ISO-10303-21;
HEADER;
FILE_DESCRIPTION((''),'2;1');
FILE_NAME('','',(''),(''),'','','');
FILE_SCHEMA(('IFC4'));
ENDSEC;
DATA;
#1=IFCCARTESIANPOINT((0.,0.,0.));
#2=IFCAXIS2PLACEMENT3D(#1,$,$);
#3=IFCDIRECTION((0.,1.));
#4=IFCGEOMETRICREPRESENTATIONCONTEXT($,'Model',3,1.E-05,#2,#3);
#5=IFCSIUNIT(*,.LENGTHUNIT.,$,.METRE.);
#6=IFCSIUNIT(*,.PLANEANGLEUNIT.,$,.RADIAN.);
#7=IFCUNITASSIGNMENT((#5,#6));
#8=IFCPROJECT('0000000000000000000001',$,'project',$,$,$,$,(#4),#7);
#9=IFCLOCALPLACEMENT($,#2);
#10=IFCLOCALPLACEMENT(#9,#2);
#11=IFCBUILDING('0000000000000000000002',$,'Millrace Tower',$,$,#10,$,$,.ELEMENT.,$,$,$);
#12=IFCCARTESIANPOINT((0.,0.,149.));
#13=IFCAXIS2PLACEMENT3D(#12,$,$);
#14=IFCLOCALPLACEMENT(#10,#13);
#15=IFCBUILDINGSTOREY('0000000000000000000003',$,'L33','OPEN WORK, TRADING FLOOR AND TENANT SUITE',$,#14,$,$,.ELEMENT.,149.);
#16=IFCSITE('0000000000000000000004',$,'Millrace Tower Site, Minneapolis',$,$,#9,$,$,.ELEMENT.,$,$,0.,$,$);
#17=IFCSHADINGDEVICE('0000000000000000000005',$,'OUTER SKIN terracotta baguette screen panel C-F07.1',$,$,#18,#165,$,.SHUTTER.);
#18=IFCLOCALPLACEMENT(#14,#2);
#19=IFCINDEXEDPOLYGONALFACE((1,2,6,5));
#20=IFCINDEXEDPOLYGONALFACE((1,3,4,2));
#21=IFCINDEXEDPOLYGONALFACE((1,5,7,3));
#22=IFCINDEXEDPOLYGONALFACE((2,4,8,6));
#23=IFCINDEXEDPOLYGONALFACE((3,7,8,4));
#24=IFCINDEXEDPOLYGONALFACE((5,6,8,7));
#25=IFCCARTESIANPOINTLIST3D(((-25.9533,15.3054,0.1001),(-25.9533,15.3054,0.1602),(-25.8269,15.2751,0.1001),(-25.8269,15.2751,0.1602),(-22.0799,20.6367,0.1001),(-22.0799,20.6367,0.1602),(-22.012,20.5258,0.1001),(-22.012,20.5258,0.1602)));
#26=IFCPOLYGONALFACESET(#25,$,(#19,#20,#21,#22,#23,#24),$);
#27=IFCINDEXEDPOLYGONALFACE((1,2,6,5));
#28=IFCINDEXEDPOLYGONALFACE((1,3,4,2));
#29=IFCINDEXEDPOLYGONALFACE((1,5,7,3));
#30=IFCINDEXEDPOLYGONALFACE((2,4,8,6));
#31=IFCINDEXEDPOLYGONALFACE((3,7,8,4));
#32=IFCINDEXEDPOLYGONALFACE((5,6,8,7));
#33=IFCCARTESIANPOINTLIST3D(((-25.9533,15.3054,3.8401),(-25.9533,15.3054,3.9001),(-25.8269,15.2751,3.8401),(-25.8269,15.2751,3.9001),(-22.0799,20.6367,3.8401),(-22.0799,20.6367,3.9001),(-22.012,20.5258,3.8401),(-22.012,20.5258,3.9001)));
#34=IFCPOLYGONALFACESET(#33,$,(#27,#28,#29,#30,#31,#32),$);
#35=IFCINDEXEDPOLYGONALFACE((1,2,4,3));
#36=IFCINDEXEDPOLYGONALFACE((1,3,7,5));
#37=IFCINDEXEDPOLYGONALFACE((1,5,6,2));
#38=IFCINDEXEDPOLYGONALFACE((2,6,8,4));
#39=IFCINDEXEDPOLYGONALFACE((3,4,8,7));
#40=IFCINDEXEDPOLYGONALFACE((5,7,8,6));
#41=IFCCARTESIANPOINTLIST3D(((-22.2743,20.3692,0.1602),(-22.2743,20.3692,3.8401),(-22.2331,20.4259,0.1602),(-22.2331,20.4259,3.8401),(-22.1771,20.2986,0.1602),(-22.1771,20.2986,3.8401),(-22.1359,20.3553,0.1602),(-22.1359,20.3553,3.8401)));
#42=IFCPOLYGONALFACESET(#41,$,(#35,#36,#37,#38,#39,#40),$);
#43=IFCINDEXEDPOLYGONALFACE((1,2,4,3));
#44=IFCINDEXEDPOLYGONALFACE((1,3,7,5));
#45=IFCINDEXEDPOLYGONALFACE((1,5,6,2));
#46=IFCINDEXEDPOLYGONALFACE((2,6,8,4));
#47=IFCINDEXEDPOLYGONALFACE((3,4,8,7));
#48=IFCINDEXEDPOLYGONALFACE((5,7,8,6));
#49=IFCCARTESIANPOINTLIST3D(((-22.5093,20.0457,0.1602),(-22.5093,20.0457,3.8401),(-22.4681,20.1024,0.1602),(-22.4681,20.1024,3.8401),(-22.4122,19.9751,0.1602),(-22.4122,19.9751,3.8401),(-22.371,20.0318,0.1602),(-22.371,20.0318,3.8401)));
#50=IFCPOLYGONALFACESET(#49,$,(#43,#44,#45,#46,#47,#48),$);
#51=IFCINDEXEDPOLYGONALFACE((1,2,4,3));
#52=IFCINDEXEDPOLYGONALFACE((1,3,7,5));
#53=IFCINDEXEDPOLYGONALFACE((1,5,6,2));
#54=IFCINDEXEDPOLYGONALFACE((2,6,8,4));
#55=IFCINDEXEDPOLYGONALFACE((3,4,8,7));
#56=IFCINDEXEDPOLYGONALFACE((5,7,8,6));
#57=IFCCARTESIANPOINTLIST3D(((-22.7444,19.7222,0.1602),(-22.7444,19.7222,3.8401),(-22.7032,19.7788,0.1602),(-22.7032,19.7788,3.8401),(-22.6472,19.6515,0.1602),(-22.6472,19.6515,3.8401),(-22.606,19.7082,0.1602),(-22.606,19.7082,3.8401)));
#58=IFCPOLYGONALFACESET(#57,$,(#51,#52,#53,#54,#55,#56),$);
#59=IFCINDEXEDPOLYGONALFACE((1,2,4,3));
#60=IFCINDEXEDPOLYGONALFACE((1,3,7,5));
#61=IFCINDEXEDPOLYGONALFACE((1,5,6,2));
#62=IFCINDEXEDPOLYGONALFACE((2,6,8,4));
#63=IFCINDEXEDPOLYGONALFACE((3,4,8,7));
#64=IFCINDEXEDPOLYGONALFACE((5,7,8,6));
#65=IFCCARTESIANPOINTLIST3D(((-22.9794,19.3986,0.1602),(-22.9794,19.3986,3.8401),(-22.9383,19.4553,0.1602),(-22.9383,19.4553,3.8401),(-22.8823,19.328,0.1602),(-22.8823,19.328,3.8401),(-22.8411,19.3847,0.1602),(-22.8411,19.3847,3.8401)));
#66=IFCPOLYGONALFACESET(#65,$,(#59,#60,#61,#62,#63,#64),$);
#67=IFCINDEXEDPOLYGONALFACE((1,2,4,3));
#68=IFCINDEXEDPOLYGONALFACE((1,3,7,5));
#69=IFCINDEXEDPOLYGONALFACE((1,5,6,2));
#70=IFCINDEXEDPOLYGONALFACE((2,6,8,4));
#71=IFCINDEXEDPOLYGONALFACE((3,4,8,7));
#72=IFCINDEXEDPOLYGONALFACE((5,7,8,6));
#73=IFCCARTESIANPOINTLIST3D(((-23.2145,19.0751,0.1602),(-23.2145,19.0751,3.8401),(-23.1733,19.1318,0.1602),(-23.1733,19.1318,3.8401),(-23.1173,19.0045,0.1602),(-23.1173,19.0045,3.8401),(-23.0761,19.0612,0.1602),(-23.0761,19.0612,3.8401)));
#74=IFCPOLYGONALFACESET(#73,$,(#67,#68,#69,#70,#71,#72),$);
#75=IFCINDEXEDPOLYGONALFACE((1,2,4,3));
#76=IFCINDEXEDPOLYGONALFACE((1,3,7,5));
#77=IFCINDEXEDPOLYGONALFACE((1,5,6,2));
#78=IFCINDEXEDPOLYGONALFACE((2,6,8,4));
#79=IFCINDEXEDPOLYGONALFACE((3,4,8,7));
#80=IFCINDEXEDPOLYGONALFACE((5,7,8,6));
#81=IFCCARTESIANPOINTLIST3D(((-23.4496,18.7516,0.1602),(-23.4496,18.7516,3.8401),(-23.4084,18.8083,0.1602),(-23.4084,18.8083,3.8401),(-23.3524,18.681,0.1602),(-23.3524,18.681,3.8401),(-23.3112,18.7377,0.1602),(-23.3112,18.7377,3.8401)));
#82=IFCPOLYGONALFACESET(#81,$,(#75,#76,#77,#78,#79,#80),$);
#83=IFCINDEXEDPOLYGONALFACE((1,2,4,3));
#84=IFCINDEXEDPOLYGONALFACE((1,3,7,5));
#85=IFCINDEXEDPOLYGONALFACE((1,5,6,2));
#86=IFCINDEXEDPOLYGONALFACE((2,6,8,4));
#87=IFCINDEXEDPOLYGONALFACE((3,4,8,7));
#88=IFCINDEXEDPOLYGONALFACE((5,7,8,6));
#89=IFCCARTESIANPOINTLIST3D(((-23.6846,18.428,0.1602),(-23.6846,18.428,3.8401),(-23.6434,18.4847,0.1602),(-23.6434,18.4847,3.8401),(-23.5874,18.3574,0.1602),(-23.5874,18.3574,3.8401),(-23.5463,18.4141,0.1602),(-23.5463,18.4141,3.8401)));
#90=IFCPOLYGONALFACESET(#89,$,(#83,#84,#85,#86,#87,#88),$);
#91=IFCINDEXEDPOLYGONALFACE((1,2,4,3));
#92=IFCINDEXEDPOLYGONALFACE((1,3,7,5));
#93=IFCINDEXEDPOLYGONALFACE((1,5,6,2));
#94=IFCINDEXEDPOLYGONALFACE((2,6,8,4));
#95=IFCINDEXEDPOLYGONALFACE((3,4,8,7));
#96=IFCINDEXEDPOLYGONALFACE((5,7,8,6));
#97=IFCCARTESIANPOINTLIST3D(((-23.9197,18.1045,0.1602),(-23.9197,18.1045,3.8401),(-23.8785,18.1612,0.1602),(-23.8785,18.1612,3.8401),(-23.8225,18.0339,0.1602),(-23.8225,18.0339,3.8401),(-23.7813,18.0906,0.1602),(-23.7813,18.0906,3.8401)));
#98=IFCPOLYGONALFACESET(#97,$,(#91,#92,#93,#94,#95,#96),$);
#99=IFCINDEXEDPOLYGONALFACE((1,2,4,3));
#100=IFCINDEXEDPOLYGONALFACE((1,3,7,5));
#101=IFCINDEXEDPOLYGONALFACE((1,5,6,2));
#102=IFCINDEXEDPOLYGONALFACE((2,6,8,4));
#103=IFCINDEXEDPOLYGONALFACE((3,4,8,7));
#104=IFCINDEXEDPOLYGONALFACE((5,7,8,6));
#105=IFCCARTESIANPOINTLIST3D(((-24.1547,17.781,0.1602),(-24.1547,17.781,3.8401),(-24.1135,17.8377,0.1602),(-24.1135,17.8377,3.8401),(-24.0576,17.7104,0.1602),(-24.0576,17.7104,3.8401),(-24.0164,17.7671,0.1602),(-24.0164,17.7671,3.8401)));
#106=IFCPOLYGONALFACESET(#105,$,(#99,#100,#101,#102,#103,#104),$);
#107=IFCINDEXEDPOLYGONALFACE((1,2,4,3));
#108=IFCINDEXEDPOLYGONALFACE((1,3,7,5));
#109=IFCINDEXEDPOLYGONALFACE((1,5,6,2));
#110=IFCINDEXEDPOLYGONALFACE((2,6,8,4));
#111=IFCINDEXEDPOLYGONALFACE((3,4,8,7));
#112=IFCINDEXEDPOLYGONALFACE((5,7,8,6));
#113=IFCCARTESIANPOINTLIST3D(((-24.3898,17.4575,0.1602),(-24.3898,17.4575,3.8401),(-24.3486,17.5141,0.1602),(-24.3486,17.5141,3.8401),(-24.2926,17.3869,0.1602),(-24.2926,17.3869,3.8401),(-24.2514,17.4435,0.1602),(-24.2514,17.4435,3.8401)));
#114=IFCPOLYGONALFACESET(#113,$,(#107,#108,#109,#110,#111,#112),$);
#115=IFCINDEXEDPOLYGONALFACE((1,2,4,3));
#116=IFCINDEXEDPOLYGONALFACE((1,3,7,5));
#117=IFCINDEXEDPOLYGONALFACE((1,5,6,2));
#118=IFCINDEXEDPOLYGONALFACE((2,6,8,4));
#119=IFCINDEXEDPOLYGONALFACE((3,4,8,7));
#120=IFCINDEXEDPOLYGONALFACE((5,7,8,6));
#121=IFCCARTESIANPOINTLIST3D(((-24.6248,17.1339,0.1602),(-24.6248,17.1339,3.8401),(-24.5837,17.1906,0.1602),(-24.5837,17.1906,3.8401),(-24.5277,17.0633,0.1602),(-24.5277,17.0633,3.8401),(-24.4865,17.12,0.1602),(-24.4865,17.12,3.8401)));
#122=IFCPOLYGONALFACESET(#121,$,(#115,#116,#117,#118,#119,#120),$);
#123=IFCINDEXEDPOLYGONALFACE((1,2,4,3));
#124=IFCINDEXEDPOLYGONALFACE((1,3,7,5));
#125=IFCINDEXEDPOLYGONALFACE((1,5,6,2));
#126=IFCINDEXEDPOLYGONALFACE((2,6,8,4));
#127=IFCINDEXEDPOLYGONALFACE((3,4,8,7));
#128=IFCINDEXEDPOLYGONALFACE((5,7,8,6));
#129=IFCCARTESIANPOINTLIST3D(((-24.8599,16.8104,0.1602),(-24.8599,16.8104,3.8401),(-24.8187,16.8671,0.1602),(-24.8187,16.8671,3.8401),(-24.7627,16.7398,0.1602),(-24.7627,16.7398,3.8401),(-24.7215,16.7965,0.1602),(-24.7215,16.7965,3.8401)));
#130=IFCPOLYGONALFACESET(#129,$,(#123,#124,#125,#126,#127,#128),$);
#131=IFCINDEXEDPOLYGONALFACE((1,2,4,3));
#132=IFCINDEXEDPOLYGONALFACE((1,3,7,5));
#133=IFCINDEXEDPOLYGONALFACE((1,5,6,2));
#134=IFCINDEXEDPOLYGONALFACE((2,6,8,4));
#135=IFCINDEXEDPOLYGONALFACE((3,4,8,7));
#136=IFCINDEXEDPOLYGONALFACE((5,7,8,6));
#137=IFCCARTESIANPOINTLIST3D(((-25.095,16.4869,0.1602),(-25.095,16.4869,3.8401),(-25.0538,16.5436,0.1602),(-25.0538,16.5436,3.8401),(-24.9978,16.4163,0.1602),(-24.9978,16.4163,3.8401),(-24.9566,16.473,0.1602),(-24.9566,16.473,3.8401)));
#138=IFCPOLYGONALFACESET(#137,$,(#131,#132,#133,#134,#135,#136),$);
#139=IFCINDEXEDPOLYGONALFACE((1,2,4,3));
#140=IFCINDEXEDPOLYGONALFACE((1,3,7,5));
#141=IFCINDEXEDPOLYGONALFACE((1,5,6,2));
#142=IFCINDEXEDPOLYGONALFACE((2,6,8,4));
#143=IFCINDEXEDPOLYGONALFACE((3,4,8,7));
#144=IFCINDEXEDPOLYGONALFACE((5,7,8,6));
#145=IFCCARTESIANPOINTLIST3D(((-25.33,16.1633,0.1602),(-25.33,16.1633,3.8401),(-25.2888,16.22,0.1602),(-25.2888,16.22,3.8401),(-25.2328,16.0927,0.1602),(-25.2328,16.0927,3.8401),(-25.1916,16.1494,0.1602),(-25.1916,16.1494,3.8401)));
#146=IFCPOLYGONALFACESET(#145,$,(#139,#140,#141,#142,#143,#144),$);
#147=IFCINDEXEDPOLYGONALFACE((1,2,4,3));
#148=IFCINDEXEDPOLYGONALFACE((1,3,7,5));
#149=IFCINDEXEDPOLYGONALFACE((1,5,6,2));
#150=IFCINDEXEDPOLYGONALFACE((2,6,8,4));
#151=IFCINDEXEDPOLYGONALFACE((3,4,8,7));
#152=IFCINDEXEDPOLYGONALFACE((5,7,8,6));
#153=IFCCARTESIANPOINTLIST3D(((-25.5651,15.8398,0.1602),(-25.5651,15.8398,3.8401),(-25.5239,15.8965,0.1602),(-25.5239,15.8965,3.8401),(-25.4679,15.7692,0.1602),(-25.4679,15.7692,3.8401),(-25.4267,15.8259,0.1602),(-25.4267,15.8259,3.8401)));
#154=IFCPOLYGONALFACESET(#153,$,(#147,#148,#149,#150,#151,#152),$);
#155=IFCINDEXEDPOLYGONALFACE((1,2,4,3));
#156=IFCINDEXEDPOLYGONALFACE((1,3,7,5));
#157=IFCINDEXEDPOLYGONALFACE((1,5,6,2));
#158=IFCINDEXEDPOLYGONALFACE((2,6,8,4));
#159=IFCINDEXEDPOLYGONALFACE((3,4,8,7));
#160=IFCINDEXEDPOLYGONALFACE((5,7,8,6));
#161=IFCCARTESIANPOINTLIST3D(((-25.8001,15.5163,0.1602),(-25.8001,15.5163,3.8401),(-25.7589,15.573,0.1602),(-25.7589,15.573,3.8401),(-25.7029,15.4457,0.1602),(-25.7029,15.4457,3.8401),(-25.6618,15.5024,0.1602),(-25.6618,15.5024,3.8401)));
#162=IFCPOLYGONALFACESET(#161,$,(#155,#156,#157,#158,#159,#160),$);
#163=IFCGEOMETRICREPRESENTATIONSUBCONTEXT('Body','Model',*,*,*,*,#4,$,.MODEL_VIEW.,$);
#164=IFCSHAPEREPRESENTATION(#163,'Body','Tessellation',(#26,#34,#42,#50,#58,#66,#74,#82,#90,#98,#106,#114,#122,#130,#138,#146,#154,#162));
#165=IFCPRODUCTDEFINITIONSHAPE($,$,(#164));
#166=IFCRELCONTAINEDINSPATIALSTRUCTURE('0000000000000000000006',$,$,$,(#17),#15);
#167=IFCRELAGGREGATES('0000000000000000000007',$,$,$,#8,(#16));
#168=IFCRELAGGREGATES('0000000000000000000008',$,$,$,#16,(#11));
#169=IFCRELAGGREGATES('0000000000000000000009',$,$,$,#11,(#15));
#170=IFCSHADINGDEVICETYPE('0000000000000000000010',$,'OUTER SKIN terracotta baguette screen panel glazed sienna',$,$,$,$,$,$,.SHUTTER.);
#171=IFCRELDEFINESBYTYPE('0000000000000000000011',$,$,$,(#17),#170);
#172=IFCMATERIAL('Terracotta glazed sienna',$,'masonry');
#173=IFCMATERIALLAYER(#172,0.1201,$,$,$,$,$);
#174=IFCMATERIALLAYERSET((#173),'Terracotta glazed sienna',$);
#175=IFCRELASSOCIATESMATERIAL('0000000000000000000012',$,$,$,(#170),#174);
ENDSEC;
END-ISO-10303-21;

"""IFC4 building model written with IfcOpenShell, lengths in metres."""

from ifc_helpers import new_model, entity, si_unit, direction, frame, frame_2d, origin, place, context, subcontext, project, spatial, rectangle, extrude, source, transform, mapped, material, layer, layer_set, type_object, element, save


model = new_model("IFC4")

# Units and contexts
model_context = context("Model", 3, precision=1e-05, world=origin(), true_north=direction((0.0, 1.0)))
body_context = subcontext(model_context, "Body", "Model", "MODEL_VIEW")
ifc_project = project(units=[si_unit("LENGTHUNIT", "METRE"), si_unit("PLANEANGLEUNIT", "RADIAN")], contexts=[model_context])

# Site, building, storey
site_placement = place(None, origin())
site = spatial("IfcSite", under=ifc_project, at=site_placement, Name="Millrace Tower Site, Minneapolis", CompositionType="ELEMENT", RefElevation=0.0)
building_placement = place(site_placement, origin())
building = spatial("IfcBuilding", under=site, at=building_placement, Name="Millrace Tower", CompositionType="ELEMENT")
storey_placement = place(building_placement, frame((0.0, 0.0, 149.0)))
storey = spatial("IfcBuildingStorey", under=building, at=storey_placement, Name="L33", Description="OPEN WORK, TRADING FLOOR AND TENANT SUITE", CompositionType="ELEMENT", Elevation=149.0)

# Shading device
ifc_material_1 = material(Name="Terracotta glazed sienna", Category="masonry")
ifc_layer_1 = layer(ifc_material_1, 0.1201)
ifc_layer_set_1 = layer_set([ifc_layer_1], Name="Terracotta glazed sienna")
shading_device_type = type_object("IfcShadingDeviceType", Name="OUTER SKIN terracotta baguette screen panel glazed sienna", PredefinedType="SHUTTER", material=ifc_layer_set_1)
cartesian_point_1 = entity("IfcCartesianPoint", [-3.2451, 0.0601])
shared_polyline_1 = entity("IfcPolyline", [cartesian_point_1, entity("IfcCartesianPoint", [3.2451, 0.0601]), entity("IfcCartesianPoint", [3.2949, -0.0601]), entity("IfcCartesianPoint", [-3.2949, -0.0601]), cartesian_point_1])
shared_shape_1 = source(origin(), body_context, "Body", "SweptSolid", [
    entity("IfcExtrudedAreaSolid", entity("IfcArbitraryClosedProfileDef", "AREA", None, shared_polyline_1), entity("IfcAxis2Placement3D", entity("IfcCartesianPoint", [0.0, 0.0, 0.0])), entity("IfcDirection", [0.0, 0.0, 1.0]), 0.0601),
    entity("IfcExtrudedAreaSolid", entity("IfcArbitraryClosedProfileDef", "AREA", None, shared_polyline_1), entity("IfcAxis2Placement3D", entity("IfcCartesianPoint", [0.0, 0.0, 3.74])), entity("IfcDirection", [0.0, 0.0, 1.0]), 0.0601),
    extrude(rectangle(XDim=0.0701, YDim=0.1201, at=frame_2d((-2.9993, 0.0))), frame((0.0, 0.0, 0.0601)), (0.0, 0.0, 1.0), 3.6799),
    extrude(rectangle(XDim=0.0701, YDim=0.1201, at=frame_2d((-2.5994, 0.0))), frame((0.0, 0.0, 0.0601)), (0.0, 0.0, 1.0), 3.6799),
    extrude(rectangle(XDim=0.0701, YDim=0.1201, at=frame_2d((-2.1995, 0.0))), frame((0.0, 0.0, 0.0601)), (0.0, 0.0, 1.0), 3.6799),
    extrude(rectangle(XDim=0.0701, YDim=0.1201, at=frame_2d((-1.7996, 0.0))), frame((0.0, 0.0, 0.0601)), (0.0, 0.0, 1.0), 3.6799),
    extrude(rectangle(XDim=0.0701, YDim=0.1201, at=frame_2d((-1.3997, 0.0))), frame((0.0, 0.0, 0.0601)), (0.0, 0.0, 1.0), 3.6799),
    extrude(rectangle(XDim=0.0701, YDim=0.1201, at=frame_2d((-0.9998, 0.0))), frame((0.0, 0.0, 0.0601)), (0.0, 0.0, 1.0), 3.6799),
    extrude(rectangle(XDim=0.0701, YDim=0.1201, at=frame_2d((-0.5999, 0.0))), frame((0.0, 0.0, 0.0601)), (0.0, 0.0, 1.0), 3.6799),
    extrude(rectangle(XDim=0.0701, YDim=0.1201, at=frame_2d((-0.2, 0.0))), frame((0.0, 0.0, 0.0601)), (0.0, 0.0, 1.0), 3.6799),
    extrude(rectangle(XDim=0.0701, YDim=0.1201, at=frame_2d((0.2, 0.0))), frame((0.0, 0.0, 0.0601)), (0.0, 0.0, 1.0), 3.6799),
    extrude(rectangle(XDim=0.0701, YDim=0.1201, at=frame_2d((0.5999, 0.0))), frame((0.0, 0.0, 0.0601)), (0.0, 0.0, 1.0), 3.6799),
    extrude(rectangle(XDim=0.0701, YDim=0.1201, at=frame_2d((0.9998, 0.0))), frame((0.0, 0.0, 0.0601)), (0.0, 0.0, 1.0), 3.6799),
    extrude(rectangle(XDim=0.0701, YDim=0.1201, at=frame_2d((1.3997, 0.0))), frame((0.0, 0.0, 0.0601)), (0.0, 0.0, 1.0), 3.6799),
    extrude(rectangle(XDim=0.0701, YDim=0.1201, at=frame_2d((1.7996, 0.0))), frame((0.0, 0.0, 0.0601)), (0.0, 0.0, 1.0), 3.6799),
    extrude(rectangle(XDim=0.0701, YDim=0.1201, at=frame_2d((2.1995, 0.0))), frame((0.0, 0.0, 0.0601)), (0.0, 0.0, 1.0), 3.6799),
    extrude(rectangle(XDim=0.0701, YDim=0.1201, at=frame_2d((2.5994, 0.0))), frame((0.0, 0.0, 0.0601)), (0.0, 0.0, 1.0), 3.6799),
    extrude(rectangle(XDim=0.0701, YDim=0.1201, at=frame_2d((2.9993, 0.0))), frame((0.0, 0.0, 0.0601)), (0.0, 0.0, 1.0), 3.6799),
])
shading_device_1_placement = place(storey_placement, frame((-23.968, 17.9358, 0.1001), z_axis=(0.0, 0.0, 1.0), x_axis=(-0.587785, -0.809017, 0.0)))
element("IfcShadingDevice", 1, at=shading_device_1_placement, inside=storey, type_object=shading_device_type, Name="OUTER SKIN terracotta baguette screen panel C-F07.1", PredefinedType="SHUTTER", context=body_context, shape_type="MappedRepresentation", body=[
    mapped(shared_shape_1, transform((0.0, 0.0, 0.0), scale=1.0)),
])

save(model, "model.ifc")
